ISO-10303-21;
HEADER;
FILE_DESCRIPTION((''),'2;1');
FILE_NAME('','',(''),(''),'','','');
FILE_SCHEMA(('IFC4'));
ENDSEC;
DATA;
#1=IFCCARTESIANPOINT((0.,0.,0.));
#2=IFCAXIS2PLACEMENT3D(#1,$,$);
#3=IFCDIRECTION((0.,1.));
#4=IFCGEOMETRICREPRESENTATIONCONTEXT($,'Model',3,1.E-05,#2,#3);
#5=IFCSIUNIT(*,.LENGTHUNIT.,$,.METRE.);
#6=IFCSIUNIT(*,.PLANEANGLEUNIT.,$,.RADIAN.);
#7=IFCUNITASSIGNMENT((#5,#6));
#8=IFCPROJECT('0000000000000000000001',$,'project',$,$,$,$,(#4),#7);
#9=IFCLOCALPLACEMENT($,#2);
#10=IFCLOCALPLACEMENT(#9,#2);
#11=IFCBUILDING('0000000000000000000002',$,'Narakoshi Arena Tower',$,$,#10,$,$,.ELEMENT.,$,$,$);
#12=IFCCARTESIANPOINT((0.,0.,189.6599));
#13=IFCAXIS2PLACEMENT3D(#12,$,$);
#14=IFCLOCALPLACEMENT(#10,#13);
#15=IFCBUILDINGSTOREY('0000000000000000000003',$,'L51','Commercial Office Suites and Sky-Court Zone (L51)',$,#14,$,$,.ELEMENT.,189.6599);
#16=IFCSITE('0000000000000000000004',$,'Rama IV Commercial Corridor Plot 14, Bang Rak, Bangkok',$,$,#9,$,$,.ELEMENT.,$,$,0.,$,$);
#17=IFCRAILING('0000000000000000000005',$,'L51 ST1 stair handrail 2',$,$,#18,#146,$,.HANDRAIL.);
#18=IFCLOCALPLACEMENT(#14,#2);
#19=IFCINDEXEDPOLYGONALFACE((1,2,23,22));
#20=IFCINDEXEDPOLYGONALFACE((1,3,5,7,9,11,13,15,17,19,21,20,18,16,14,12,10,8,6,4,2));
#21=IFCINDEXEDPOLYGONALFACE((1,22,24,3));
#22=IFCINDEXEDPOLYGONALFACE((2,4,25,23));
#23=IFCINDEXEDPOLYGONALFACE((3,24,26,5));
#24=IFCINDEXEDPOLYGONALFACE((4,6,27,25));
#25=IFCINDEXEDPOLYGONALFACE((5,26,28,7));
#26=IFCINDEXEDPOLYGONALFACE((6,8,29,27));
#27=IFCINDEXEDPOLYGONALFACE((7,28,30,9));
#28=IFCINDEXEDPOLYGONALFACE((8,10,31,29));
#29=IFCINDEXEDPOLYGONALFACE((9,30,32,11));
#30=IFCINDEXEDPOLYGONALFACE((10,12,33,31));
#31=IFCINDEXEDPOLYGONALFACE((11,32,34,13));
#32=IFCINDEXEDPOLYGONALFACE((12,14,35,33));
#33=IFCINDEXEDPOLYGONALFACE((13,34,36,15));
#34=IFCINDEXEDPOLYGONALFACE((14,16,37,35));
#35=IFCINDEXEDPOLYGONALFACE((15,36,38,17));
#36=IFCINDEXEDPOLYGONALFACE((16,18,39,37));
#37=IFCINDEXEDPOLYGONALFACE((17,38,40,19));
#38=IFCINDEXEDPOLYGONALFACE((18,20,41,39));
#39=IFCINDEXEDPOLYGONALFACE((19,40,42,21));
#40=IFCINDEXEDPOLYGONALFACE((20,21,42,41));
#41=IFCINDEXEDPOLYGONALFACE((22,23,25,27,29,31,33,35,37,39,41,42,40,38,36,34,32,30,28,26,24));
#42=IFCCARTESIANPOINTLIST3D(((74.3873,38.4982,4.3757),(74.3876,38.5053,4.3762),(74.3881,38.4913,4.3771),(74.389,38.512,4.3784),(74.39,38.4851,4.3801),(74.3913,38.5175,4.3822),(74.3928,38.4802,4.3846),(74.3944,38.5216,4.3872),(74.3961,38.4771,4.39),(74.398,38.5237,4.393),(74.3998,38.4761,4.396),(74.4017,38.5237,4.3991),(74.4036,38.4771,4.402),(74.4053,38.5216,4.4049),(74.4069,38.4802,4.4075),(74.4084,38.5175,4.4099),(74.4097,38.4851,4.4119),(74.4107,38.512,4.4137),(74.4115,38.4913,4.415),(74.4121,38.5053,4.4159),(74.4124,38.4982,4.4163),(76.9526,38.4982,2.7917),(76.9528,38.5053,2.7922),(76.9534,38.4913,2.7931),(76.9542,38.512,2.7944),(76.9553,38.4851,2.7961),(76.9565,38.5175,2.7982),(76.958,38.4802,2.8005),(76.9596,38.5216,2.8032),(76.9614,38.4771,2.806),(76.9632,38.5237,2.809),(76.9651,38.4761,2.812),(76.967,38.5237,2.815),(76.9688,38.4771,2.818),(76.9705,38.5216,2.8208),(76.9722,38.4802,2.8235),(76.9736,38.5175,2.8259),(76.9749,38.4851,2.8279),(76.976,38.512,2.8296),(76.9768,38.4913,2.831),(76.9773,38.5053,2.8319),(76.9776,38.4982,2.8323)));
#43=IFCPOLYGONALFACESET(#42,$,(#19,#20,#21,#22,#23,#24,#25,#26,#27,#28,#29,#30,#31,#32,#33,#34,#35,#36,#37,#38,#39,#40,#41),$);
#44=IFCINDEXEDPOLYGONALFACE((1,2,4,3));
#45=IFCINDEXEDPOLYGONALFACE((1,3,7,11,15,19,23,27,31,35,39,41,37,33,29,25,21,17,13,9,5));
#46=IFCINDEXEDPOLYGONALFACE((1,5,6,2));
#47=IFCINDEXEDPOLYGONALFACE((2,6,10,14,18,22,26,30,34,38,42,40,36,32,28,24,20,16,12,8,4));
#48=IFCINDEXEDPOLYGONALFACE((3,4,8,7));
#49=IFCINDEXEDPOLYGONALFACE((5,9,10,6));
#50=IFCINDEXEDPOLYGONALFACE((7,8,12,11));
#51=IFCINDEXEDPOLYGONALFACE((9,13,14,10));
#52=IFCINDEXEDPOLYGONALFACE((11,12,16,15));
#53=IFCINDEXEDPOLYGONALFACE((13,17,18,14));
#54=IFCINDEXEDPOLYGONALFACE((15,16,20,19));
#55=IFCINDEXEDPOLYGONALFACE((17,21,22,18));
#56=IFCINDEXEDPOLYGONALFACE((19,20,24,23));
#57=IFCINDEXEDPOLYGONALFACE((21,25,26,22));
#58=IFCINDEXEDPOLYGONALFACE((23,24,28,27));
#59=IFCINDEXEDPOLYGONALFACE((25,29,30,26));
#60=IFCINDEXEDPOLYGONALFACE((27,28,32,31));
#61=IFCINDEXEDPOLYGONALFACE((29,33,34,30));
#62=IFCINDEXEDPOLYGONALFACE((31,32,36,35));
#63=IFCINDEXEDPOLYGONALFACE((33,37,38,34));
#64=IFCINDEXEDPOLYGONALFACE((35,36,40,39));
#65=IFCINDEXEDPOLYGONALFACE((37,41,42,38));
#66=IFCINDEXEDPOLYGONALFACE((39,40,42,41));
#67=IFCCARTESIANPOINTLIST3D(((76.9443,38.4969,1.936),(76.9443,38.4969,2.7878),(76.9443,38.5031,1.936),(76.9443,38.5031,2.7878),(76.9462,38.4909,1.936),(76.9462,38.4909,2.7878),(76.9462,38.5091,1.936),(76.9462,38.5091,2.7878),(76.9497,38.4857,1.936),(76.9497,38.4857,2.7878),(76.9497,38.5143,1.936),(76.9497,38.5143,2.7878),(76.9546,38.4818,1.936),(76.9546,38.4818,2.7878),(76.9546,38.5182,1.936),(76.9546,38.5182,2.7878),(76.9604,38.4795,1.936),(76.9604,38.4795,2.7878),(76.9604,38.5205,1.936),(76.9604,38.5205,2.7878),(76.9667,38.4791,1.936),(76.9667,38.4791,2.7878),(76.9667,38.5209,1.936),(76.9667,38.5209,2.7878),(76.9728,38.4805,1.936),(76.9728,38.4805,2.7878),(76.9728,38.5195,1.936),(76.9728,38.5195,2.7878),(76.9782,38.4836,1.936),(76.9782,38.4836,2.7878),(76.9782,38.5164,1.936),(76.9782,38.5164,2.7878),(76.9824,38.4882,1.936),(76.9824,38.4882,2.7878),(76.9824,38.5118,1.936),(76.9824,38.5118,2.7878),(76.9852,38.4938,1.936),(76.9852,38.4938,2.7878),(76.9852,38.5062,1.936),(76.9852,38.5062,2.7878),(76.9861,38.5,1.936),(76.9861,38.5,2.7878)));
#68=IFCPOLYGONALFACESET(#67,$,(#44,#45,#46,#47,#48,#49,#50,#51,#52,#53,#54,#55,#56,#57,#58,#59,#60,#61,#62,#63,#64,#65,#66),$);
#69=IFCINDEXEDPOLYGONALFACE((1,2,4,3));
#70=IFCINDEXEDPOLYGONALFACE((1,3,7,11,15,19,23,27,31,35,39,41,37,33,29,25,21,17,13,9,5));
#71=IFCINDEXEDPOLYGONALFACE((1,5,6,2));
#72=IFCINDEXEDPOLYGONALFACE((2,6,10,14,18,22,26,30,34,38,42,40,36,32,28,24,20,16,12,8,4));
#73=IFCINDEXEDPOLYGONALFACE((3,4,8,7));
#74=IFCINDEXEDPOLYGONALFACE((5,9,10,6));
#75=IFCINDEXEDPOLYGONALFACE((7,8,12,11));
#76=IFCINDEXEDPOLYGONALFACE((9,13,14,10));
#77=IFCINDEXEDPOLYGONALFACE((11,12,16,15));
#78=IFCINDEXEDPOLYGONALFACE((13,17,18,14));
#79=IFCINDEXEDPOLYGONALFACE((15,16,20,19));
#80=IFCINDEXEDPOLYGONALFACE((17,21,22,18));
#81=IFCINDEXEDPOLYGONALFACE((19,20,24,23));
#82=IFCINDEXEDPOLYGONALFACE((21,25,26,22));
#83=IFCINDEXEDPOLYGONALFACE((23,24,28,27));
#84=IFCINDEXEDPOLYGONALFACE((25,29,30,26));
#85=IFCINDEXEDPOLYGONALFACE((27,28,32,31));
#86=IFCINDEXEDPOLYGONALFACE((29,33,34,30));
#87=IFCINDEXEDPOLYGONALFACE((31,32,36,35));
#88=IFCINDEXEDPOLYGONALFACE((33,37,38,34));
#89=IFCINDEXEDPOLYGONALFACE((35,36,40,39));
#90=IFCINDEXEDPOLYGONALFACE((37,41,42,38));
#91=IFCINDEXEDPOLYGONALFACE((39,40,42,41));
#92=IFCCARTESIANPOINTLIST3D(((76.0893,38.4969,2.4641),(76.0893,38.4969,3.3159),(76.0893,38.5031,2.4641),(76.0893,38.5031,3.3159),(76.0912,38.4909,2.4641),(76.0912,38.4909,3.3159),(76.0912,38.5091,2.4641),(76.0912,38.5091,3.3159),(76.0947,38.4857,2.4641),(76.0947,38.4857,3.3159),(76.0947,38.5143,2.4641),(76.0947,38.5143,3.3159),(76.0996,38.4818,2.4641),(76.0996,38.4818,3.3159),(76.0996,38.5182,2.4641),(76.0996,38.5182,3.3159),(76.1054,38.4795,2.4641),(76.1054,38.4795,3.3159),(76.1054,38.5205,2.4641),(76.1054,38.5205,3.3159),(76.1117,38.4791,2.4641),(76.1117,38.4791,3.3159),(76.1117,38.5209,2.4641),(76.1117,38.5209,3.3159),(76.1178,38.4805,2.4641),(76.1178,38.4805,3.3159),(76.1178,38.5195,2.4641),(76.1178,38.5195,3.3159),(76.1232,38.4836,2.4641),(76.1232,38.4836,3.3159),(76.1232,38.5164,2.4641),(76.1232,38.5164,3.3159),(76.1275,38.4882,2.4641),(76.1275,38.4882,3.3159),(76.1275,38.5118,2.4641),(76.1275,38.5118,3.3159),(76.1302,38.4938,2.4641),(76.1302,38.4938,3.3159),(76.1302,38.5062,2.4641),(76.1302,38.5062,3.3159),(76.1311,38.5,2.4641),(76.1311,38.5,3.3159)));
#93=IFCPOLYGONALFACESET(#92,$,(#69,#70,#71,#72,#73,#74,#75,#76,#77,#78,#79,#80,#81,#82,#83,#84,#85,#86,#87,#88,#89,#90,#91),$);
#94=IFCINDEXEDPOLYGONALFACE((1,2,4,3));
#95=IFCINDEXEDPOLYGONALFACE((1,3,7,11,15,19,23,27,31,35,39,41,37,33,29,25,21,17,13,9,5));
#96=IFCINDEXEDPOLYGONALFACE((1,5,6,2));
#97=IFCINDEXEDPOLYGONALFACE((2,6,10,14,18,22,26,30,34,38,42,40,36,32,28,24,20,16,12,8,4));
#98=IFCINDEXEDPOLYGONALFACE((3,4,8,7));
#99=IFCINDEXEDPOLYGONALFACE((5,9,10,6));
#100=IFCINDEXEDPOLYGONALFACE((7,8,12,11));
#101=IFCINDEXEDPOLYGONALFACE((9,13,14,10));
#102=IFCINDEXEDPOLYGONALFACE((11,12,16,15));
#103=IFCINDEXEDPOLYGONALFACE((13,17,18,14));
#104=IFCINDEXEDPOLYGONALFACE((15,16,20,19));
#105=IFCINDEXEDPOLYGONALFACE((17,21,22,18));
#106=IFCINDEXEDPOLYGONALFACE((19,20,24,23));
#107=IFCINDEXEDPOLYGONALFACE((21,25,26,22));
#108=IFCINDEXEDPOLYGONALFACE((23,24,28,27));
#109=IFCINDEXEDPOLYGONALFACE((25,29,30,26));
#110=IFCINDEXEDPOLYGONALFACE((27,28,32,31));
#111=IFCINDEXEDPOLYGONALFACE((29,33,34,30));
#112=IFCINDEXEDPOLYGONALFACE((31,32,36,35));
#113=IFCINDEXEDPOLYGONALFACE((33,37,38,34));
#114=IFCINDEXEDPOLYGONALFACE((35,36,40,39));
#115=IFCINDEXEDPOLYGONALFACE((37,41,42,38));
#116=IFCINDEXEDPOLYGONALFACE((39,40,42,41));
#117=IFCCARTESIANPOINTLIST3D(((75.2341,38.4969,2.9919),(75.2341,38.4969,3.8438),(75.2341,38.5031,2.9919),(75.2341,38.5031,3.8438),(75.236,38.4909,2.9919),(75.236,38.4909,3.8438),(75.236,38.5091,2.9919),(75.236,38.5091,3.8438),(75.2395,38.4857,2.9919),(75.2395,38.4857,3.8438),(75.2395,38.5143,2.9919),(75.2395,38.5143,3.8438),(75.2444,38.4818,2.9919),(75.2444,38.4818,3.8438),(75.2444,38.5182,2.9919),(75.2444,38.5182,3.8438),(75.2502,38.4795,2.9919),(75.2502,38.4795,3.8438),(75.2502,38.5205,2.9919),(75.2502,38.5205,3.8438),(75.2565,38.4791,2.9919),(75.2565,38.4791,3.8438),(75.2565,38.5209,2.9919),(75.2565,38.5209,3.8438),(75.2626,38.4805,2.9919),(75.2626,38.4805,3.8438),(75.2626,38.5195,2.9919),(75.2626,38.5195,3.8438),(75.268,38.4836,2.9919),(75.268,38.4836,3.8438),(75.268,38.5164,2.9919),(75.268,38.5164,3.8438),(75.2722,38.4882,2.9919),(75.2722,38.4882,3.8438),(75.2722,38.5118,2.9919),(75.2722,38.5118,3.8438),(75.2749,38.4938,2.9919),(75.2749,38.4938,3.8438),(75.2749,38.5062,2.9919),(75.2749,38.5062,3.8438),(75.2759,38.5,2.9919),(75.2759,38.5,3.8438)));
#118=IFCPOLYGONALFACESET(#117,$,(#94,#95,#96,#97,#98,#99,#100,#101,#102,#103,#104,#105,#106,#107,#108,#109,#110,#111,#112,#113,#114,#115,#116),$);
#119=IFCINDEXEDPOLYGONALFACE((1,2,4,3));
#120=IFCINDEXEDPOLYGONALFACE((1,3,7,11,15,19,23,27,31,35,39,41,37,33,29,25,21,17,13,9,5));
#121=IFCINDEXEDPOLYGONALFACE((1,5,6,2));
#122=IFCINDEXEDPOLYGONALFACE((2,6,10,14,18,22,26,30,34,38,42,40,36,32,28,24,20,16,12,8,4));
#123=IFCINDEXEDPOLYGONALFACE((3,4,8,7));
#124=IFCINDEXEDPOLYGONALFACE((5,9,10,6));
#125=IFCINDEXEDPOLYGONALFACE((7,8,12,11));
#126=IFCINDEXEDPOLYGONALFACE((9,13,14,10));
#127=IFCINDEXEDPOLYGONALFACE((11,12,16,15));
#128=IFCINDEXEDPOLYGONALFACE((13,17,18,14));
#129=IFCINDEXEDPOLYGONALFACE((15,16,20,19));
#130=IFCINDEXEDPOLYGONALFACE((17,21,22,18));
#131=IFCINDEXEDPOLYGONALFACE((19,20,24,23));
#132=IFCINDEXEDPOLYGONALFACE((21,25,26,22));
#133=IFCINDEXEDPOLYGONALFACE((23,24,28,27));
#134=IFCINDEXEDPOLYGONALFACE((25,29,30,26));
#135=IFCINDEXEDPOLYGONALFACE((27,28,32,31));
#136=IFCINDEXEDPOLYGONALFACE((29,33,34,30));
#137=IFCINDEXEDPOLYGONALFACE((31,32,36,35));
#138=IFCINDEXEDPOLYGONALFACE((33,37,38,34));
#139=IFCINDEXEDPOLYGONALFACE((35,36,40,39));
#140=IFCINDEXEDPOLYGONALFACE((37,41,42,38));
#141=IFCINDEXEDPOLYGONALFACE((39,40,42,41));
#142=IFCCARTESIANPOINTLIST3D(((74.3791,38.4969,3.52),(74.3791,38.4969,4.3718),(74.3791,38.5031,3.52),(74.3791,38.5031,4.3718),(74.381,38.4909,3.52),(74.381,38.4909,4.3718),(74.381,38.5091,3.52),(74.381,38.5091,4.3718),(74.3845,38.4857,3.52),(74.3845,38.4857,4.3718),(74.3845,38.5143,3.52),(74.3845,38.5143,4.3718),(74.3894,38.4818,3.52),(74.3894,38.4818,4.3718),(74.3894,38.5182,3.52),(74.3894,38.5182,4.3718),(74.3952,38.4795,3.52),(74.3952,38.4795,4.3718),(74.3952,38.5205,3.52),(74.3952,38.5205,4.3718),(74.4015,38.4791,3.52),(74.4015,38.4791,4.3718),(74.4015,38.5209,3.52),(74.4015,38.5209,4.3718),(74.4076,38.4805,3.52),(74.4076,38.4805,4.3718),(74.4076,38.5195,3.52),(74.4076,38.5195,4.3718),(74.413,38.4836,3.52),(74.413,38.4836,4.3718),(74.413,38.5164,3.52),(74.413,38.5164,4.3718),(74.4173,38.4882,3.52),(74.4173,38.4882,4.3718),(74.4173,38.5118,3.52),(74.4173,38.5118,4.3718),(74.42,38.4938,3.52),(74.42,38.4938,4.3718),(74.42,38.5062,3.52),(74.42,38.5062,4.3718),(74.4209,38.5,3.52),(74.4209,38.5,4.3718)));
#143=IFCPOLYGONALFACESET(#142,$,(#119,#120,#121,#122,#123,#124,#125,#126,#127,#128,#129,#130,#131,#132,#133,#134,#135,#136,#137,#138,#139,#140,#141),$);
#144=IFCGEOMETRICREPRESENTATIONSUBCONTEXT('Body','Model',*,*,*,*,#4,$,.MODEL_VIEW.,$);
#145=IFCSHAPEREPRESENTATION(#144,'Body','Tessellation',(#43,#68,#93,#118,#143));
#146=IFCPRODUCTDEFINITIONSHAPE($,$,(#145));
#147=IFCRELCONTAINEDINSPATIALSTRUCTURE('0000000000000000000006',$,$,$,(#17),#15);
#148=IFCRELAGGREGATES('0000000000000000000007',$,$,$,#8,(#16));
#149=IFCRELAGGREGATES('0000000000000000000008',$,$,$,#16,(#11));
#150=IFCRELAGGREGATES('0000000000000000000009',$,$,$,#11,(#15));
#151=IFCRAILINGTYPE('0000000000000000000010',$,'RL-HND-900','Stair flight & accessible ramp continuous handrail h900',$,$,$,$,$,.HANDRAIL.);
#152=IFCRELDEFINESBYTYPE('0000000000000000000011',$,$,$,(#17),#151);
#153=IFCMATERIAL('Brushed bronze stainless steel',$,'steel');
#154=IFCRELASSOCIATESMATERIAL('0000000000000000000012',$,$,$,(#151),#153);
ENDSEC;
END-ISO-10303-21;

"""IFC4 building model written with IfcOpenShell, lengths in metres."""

from ifc_helpers import new_model, si_unit, direction, frame, origin, origin_2d, place, context, subcontext, project, spatial, circle, extrude, material, type_object, element, save


model = new_model("IFC4")

# Units and contexts
model_context = context("Model", 3, precision=1e-05, world=origin(), true_north=direction((0.0, 1.0)))
body_context = subcontext(model_context, "Body", "Model", "MODEL_VIEW")
ifc_project = project(units=[si_unit("LENGTHUNIT", "METRE"), si_unit("PLANEANGLEUNIT", "RADIAN")], contexts=[model_context])

# Site, building, storey
site_placement = place(None, origin())
site = spatial("IfcSite", under=ifc_project, at=site_placement, Name="Rama IV Commercial Corridor Plot 14, Bang Rak, Bangkok", CompositionType="ELEMENT", RefElevation=0.0)
building_placement = place(site_placement, origin())
building = spatial("IfcBuilding", under=site, at=building_placement, Name="Narakoshi Arena Tower", CompositionType="ELEMENT")
storey_placement = place(building_placement, frame((0.0, 0.0, 189.6599)))
storey = spatial("IfcBuildingStorey", under=building, at=storey_placement, Name="L51", Description="Commercial Office Suites and Sky-Court Zone (L51)", CompositionType="ELEMENT", Elevation=189.6599)

# Railing
ifc_material_1 = material(Name="Brushed bronze stainless steel", Category="steel")
railing_type_1 = type_object("IfcRailingType", Name="RL-HND-900", Description="Stair flight & accessible ramp continuous handrail h900", PredefinedType="HANDRAIL", material=ifc_material_1)
railing_1_placement = place(storey_placement, frame((76.9651, 38.5, 1.936)))
element("IfcRailing", 1, at=railing_1_placement, inside=storey, type_object=railing_type_1, Name="L51 ST1 stair handrail 2", PredefinedType="HANDRAIL", context=body_context, shape_type="SweptSolid", body=[
    extrude(circle(Radius=0.0239, at=origin_2d()), frame((0.0, 0.0, 0.876), z_axis=(-0.850857, 0.0, 0.525398), x_axis=(0.0, -1.0, 0.0)), (0.0, 0.0, 1.0), 3.0149),
    extrude(circle(Radius=0.021, at=origin_2d()), origin(), (0.0, 0.0, 1.0), 0.8518),
    extrude(circle(Radius=0.021, at=origin_2d()), frame((-0.855, 0.0, 0.5281)), (0.0, 0.0, 1.0), 0.8518),
    extrude(circle(Radius=0.021, at=origin_2d()), frame((-1.7102, 0.0, 1.0559)), (0.0, 0.0, 1.0), 0.8518),
    extrude(circle(Radius=0.021, at=origin_2d()), frame((-2.5652, 0.0, 1.584)), (0.0, 0.0, 1.0), 0.8518),
])

save(model, "model.ifc")
